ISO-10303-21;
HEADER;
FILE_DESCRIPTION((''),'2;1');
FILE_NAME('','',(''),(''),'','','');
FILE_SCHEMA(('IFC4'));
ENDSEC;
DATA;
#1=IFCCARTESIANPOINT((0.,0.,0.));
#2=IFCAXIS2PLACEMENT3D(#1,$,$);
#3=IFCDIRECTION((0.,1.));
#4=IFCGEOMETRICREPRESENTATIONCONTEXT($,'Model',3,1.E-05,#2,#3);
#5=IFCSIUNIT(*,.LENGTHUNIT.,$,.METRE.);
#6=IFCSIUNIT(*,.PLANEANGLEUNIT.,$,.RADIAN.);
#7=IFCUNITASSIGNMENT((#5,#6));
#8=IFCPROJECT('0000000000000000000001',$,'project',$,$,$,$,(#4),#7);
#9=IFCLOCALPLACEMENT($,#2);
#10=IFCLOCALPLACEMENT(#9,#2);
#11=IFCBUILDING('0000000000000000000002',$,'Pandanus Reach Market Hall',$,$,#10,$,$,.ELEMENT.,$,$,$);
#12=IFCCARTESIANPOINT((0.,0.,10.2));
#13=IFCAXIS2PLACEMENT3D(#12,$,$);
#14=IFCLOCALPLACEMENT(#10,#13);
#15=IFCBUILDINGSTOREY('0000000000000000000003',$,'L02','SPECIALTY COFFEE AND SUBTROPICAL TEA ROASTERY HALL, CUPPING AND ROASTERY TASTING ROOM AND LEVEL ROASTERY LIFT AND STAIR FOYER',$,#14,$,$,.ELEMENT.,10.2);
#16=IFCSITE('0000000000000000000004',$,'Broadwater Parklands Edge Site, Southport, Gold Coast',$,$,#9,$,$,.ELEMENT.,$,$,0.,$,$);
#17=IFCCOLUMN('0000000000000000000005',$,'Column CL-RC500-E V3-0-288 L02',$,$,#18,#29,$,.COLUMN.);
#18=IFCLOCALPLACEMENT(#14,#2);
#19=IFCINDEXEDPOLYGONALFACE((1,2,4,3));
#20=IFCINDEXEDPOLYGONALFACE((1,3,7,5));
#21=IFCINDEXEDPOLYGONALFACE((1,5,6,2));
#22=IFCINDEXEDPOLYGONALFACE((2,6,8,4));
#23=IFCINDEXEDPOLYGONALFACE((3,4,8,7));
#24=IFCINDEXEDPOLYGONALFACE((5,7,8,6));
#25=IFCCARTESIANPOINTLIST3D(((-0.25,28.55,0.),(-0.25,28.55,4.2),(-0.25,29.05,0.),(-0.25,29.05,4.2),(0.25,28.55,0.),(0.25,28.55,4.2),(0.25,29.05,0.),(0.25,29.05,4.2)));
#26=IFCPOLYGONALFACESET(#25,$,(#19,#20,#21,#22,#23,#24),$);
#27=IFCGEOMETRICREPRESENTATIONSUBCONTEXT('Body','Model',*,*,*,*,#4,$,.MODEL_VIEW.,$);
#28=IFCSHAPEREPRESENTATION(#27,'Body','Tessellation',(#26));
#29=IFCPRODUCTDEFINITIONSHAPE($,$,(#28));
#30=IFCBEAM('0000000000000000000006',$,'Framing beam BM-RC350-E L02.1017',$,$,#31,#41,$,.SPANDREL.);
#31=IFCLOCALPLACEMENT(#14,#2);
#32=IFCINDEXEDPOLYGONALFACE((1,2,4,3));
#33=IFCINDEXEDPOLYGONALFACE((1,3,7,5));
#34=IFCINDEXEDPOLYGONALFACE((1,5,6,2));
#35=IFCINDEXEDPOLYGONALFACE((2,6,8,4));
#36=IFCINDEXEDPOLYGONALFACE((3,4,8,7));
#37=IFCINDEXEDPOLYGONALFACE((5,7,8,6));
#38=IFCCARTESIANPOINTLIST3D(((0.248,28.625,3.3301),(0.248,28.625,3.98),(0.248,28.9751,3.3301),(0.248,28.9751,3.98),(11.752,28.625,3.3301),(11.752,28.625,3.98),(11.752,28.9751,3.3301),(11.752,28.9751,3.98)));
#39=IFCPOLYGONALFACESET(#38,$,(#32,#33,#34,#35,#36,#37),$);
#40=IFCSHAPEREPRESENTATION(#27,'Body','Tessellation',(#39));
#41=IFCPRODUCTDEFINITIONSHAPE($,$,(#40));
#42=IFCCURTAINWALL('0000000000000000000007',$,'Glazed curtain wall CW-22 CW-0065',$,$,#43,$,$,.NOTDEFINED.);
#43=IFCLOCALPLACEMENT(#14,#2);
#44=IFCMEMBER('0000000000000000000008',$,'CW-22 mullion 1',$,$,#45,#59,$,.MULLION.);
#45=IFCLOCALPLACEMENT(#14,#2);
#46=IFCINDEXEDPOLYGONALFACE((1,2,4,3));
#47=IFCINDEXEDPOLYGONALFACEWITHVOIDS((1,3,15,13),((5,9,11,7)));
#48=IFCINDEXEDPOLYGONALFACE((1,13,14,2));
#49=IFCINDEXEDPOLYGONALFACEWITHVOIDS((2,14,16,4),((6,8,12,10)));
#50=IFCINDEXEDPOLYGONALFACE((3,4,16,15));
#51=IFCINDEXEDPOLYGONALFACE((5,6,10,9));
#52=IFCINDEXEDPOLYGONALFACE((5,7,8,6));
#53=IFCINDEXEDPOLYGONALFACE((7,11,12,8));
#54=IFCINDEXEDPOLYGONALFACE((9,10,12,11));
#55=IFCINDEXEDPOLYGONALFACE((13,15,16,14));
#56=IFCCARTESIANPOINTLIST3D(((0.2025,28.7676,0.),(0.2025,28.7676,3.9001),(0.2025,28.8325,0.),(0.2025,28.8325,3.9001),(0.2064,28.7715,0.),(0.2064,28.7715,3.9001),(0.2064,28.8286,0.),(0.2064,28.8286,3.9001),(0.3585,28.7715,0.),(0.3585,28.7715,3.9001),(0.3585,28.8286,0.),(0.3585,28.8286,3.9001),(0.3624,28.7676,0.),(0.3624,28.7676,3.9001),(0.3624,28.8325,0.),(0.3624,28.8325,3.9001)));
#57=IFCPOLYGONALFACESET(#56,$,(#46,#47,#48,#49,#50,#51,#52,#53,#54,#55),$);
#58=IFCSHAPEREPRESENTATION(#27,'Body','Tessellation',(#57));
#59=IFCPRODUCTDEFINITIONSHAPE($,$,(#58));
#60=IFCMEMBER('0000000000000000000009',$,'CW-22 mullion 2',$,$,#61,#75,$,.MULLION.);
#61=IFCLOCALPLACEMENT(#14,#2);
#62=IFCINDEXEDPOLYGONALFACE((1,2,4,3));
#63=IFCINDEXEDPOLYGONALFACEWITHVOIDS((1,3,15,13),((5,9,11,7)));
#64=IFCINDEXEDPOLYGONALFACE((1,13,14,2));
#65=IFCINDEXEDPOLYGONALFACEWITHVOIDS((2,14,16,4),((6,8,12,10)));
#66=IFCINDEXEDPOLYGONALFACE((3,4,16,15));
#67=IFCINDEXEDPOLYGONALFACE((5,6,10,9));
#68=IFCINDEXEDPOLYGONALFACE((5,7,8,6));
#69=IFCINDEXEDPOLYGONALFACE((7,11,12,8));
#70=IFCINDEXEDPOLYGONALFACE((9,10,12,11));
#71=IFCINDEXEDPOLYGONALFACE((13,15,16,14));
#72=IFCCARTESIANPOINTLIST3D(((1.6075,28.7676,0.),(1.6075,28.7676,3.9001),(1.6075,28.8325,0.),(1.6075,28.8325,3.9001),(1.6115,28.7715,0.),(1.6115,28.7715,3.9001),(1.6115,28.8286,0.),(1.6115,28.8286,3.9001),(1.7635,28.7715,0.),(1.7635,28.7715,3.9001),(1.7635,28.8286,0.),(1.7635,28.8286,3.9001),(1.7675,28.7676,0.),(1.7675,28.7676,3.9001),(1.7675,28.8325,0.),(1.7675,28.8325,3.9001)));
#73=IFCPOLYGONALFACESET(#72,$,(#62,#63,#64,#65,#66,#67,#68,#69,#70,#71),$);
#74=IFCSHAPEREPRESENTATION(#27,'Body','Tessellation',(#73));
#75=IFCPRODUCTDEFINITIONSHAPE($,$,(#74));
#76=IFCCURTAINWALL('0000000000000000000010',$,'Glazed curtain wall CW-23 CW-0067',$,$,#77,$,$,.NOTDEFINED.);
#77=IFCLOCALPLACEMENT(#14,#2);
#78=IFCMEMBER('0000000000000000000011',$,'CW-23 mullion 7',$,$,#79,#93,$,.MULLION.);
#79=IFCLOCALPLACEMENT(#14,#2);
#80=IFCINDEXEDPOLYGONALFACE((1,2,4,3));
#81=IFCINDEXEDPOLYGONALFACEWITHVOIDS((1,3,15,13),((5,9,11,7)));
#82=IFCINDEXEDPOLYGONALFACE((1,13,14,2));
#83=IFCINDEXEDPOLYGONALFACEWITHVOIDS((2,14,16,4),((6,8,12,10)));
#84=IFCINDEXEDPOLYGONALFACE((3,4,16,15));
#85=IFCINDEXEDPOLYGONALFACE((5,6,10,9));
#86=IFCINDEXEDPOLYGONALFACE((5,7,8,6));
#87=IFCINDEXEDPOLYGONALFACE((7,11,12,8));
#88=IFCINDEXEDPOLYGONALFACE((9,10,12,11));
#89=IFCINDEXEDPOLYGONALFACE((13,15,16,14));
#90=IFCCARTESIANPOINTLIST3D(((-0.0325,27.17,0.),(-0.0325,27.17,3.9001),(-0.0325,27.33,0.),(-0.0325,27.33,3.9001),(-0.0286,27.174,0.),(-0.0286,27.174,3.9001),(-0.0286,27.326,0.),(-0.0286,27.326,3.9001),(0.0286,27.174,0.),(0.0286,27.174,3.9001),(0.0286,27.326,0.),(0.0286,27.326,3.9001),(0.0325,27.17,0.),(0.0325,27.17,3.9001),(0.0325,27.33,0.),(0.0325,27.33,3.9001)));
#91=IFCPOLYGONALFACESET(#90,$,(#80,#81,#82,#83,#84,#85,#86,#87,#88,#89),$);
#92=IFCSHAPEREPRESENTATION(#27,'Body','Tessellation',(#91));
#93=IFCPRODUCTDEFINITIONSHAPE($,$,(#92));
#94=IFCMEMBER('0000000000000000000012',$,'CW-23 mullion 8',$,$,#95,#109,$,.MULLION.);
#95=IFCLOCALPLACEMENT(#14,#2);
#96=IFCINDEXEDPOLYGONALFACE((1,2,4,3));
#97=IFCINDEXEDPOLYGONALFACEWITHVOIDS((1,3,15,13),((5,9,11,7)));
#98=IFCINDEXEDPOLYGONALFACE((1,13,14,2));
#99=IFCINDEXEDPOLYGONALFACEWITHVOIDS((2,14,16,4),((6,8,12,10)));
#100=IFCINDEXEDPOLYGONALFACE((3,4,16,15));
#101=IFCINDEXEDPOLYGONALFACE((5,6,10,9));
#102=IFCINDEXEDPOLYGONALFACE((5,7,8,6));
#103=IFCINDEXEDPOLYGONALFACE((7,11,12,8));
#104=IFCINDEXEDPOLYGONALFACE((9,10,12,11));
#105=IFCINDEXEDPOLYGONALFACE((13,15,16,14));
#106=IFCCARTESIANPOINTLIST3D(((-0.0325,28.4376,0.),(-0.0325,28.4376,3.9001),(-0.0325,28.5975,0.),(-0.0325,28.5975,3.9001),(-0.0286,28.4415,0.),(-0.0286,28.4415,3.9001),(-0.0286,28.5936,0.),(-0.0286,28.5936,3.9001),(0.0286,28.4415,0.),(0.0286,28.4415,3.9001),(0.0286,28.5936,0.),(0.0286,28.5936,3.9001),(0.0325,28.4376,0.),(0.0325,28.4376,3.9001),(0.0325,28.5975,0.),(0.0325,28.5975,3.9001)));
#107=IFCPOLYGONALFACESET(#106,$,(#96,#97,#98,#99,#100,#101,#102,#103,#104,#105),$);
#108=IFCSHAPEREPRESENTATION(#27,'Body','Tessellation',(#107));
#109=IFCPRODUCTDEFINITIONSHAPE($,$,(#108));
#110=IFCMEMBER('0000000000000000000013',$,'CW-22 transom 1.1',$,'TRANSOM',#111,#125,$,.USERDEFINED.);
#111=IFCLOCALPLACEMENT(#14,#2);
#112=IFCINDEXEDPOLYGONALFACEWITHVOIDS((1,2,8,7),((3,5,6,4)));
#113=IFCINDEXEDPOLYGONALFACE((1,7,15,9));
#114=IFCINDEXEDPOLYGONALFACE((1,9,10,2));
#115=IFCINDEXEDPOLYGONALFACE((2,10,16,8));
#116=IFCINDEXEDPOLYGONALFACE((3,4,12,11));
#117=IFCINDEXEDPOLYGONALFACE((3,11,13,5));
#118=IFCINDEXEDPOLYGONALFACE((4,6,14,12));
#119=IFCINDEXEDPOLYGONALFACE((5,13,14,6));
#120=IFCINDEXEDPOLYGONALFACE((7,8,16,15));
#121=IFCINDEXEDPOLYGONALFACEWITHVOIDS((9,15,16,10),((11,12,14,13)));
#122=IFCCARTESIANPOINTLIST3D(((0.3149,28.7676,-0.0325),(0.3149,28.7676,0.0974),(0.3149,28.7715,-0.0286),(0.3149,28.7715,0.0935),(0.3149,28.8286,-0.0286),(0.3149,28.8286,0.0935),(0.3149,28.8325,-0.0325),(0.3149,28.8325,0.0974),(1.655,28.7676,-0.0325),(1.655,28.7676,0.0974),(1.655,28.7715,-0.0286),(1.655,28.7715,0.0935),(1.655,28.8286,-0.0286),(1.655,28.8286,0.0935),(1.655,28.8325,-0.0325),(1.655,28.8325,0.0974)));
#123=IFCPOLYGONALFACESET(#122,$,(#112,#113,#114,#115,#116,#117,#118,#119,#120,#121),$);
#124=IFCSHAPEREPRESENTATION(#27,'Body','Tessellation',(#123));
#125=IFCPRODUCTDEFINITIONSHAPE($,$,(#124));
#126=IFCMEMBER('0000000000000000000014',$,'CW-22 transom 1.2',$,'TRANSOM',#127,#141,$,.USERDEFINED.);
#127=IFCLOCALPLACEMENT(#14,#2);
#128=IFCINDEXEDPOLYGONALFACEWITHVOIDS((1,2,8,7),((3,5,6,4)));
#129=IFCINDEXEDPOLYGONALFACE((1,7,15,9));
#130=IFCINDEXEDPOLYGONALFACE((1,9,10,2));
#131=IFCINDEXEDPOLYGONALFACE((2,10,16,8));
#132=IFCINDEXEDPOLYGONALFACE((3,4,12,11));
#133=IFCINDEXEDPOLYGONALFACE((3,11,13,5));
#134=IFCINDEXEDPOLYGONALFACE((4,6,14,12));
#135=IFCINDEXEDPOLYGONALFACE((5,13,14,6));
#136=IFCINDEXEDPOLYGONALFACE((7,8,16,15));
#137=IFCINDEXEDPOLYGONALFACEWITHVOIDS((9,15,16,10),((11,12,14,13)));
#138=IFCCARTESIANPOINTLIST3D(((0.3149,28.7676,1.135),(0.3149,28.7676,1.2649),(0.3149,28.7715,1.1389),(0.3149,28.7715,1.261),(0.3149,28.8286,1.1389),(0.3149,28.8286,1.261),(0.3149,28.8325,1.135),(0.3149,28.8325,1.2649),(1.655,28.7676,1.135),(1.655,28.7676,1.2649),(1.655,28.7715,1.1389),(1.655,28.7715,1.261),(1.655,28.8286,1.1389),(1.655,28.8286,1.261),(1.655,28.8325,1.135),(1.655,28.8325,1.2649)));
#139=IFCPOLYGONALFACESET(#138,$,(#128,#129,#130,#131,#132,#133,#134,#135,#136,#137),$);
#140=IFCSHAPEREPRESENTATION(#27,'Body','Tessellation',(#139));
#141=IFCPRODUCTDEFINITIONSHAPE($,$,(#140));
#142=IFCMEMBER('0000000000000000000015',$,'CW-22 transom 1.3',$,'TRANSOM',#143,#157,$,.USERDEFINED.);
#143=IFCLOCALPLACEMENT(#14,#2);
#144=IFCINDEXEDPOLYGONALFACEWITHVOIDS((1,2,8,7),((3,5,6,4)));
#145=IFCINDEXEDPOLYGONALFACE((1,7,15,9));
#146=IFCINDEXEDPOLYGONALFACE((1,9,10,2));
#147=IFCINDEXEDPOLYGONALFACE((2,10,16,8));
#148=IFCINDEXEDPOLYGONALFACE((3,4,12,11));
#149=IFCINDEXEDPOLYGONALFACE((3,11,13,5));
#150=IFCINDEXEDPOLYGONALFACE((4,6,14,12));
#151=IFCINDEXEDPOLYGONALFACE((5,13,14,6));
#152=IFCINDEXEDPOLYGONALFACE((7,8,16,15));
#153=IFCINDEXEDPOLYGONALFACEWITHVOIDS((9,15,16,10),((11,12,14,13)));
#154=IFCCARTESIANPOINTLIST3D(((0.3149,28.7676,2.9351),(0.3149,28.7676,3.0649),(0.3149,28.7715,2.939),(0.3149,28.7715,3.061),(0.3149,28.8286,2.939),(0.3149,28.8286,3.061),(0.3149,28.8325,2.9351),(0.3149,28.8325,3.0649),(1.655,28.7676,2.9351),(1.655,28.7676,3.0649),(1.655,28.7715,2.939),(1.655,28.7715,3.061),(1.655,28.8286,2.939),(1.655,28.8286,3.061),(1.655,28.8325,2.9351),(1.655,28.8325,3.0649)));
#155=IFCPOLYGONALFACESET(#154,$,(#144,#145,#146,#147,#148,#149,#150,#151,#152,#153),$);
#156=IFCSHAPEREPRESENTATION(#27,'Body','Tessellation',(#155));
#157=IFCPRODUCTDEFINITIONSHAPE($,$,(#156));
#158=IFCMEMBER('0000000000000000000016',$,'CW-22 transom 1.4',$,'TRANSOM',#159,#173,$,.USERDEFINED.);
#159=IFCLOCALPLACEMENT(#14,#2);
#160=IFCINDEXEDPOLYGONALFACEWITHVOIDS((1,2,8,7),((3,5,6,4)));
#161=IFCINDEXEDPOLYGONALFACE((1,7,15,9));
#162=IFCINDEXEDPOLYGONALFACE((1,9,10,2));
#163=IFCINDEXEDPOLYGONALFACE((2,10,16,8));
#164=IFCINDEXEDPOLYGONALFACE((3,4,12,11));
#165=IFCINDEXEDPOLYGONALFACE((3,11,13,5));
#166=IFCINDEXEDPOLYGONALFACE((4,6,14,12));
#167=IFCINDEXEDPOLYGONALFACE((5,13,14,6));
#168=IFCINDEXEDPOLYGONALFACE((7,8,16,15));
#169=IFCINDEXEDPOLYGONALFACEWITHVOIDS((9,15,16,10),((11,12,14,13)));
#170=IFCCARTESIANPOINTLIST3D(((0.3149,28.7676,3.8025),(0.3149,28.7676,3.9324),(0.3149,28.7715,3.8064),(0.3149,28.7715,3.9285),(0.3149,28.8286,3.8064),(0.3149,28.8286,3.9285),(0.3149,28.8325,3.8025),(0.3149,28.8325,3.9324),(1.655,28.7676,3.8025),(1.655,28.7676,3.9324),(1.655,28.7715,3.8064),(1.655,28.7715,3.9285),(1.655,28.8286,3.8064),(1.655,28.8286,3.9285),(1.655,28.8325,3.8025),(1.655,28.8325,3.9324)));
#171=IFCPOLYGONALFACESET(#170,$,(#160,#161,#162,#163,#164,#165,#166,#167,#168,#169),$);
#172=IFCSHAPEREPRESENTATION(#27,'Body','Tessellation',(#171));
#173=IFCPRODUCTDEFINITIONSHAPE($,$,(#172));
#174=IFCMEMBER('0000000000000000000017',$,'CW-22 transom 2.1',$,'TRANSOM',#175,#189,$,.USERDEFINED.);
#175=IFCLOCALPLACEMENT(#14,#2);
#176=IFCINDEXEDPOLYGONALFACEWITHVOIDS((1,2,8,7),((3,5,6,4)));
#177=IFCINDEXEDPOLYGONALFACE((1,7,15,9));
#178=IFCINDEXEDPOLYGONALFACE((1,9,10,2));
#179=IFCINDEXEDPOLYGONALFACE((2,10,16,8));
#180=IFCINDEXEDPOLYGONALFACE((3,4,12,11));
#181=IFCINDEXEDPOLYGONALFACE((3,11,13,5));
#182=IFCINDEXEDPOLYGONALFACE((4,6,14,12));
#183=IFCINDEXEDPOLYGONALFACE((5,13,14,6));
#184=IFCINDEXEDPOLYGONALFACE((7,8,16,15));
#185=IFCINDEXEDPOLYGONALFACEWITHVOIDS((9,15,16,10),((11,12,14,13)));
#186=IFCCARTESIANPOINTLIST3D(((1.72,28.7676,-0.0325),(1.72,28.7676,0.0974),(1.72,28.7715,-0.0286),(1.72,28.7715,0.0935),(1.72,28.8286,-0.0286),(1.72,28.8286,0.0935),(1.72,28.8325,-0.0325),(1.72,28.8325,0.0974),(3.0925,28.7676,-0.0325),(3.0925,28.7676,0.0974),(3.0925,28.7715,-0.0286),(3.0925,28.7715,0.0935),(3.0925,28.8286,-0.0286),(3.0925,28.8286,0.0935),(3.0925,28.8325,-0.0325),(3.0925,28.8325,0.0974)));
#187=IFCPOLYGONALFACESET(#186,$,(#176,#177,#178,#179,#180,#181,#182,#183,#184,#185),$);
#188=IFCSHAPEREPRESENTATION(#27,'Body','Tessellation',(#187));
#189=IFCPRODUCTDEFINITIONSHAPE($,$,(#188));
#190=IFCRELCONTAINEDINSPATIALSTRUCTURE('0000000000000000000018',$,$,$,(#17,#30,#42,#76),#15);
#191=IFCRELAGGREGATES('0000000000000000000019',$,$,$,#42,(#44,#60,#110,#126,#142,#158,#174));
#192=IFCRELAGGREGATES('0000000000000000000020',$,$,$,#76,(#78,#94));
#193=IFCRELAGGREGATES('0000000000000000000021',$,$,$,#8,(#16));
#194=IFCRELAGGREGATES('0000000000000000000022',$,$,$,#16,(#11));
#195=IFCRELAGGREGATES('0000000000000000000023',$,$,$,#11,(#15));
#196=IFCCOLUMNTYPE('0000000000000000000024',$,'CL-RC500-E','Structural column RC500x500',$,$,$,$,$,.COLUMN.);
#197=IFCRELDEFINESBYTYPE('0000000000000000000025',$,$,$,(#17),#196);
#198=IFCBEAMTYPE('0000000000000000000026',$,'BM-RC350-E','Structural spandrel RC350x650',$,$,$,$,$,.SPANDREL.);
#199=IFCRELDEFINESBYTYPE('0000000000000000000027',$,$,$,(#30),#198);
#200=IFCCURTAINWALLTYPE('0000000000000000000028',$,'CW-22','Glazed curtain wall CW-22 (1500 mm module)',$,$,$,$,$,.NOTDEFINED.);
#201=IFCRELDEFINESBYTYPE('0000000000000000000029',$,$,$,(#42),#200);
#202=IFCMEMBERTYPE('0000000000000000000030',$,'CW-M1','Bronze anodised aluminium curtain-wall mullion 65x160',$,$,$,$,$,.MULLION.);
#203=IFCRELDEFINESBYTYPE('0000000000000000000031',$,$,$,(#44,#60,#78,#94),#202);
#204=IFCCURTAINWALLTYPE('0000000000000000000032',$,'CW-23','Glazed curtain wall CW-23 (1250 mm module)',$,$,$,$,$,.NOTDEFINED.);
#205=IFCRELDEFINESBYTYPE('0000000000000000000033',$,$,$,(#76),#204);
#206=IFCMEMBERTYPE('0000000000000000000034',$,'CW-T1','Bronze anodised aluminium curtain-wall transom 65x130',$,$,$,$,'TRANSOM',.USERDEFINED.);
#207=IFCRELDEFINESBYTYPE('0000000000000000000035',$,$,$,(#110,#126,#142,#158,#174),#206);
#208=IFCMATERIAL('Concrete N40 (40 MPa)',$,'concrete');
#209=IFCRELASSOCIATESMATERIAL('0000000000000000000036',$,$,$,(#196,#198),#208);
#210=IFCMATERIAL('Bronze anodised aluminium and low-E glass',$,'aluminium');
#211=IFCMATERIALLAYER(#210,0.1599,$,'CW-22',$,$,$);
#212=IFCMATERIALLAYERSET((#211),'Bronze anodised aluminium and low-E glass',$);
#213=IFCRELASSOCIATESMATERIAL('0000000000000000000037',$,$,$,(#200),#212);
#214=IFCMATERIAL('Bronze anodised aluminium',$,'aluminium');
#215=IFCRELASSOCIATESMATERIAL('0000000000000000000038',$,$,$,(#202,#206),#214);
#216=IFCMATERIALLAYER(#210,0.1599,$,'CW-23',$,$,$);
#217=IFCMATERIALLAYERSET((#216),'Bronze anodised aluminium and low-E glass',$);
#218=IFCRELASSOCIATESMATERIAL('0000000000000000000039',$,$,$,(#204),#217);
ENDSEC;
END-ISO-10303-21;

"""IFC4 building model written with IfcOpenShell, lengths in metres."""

from ifc_helpers import new_model, si_unit, direction, frame, origin, origin_2d, place, context, subcontext, project, spatial, rectangle, hollow_rectangle, extrude, material, layer, layer_set, material_profile, profile_set, type_object, element, aggregate, save


model = new_model("IFC4")

# Units and contexts
model_context = context("Model", 3, precision=1e-05, world=origin(), true_north=direction((0.0, 1.0)))
body_context = subcontext(model_context, "Body", "Model", "MODEL_VIEW")
ifc_project = project(units=[si_unit("LENGTHUNIT", "METRE"), si_unit("PLANEANGLEUNIT", "RADIAN")], contexts=[model_context])

# Site, building, storey
site_placement = place(None, origin())
site = spatial("IfcSite", under=ifc_project, at=site_placement, Name="Broadwater Parklands Edge Site, Southport, Gold Coast", CompositionType="ELEMENT", RefElevation=0.0)
building_placement = place(site_placement, origin())
building = spatial("IfcBuilding", under=site, at=building_placement, Name="Pandanus Reach Market Hall", CompositionType="ELEMENT")
storey_placement = place(building_placement, frame((0.0, 0.0, 10.2)))
storey = spatial("IfcBuildingStorey", under=building, at=storey_placement, Name="L02", Description="SPECIALTY COFFEE AND SUBTROPICAL TEA ROASTERY HALL, CUPPING AND ROASTERY TASTING ROOM AND LEVEL ROASTERY LIFT AND STAIR FOYER", CompositionType="ELEMENT", Elevation=10.2)

# Column
ifc_material_1 = material(Name="Concrete N40 (40 MPa)", Category="concrete")
ifc_material_profile_1 = material_profile(ifc_material_1, rectangle(XDim=0.5, YDim=0.5, at=origin_2d()), Name="RC500x500", Category="LoadBearing")
ifc_profile_set_1 = profile_set([ifc_material_profile_1], Name="Concrete N40 (40 MPa)")
column_type = type_object("IfcColumnType", Name="CL-RC500-E", Description="Structural column RC500x500", PredefinedType="COLUMN", material=ifc_profile_set_1)
column_placement = place(storey_placement, frame((0.0, 28.8, 0.0), z_axis=(0.0, 0.0, 1.0), x_axis=(1.0, 0.0, 0.0)))
element("IfcColumn", 1, at=column_placement, inside=storey, type_object=column_type, Name="Column CL-RC500-E V3-0-288 L02", PredefinedType="COLUMN", context=body_context, shape_type="SweptSolid", body=[
    extrude(rectangle(XDim=0.5, YDim=0.5, at=origin_2d()), origin(), (0.0, 0.0, 1.0), 4.2),
])

# Beam
ifc_material_profile_2 = material_profile(ifc_material_1, rectangle(XDim=0.3501, YDim=0.6499, at=origin_2d()), Name="RC350x650", Category="LoadBearing")
ifc_profile_set_2 = profile_set([ifc_material_profile_2], Name="Concrete N40 (40 MPa)")
beam_type = type_object("IfcBeamType", Name="BM-RC350-E", Description="Structural spandrel RC350x650", PredefinedType="SPANDREL", material=ifc_profile_set_2)
beam_placement = place(storey_placement, frame((0.248, 28.8, 3.655), z_axis=(1.0, 0.0, 0.0), x_axis=(0.0, 1.0, 0.0)))
element("IfcBeam", 2, at=beam_placement, inside=storey, type_object=beam_type, Name="Framing beam BM-RC350-E L02.1017", PredefinedType="SPANDREL", context=body_context, shape_type="SweptSolid", body=[
    extrude(rectangle(XDim=0.3501, YDim=0.6499, at=origin_2d()), origin(), (0.0, 0.0, 1.0), 11.5039),
])

# Curtain walls, members
ifc_material_2 = material(Name="Bronze anodised aluminium and low-E glass", Category="aluminium")
ifc_layer_1 = layer(ifc_material_2, 0.1599, Name="CW-22")
ifc_layer_set_1 = layer_set([ifc_layer_1], Name="Bronze anodised aluminium and low-E glass")
curtain_wall_type_1 = type_object("IfcCurtainWallType", Name="CW-22", Description="Glazed curtain wall CW-22 (1500 mm module)", PredefinedType="NOTDEFINED", material=ifc_layer_set_1)
curtain_wall_1_placement = place(storey_placement, origin())
curtain_wall_1 = element("IfcCurtainWall", 3, at=curtain_wall_1_placement, inside=storey, type_object=curtain_wall_type_1, Name="Glazed curtain wall CW-22 CW-0065", PredefinedType="NOTDEFINED")
ifc_material_3 = material(Name="Bronze anodised aluminium", Category="aluminium")
ifc_material_profile_3 = material_profile(ifc_material_3, hollow_rectangle(XDim=0.0649, YDim=0.1599, WallThickness=0.0039, at=origin_2d()), Name="ALU65x160", Category="LoadBearing")
ifc_profile_set_3 = profile_set([ifc_material_profile_3], Name="Bronze anodised aluminium")
member_type_1 = type_object("IfcMemberType", Name="CW-M1", Description="Bronze anodised aluminium curtain-wall mullion 65x160", PredefinedType="MULLION", material=ifc_profile_set_3)
member_1_placement = place(storey_placement, frame((0.2825, 28.8, 0.0), z_axis=(0.0, 0.0, 1.0), x_axis=(0.0, 1.0, 0.0)))
member_1 = element("IfcMember", 4, at=member_1_placement, type_object=member_type_1, Name="CW-22 mullion 1", PredefinedType="MULLION", context=body_context, shape_type="SweptSolid", body=[
    extrude(hollow_rectangle(XDim=0.0649, YDim=0.1599, WallThickness=0.0039, at=origin_2d()), origin(), (0.0, 0.0, 1.0), 3.9001),
])
member_2_placement = place(storey_placement, frame((1.6875, 28.8, 0.0), z_axis=(0.0, 0.0, 1.0), x_axis=(0.0, 1.0, 0.0)))
member_2 = element("IfcMember", 5, at=member_2_placement, type_object=member_type_1, Name="CW-22 mullion 2", PredefinedType="MULLION", context=body_context, shape_type="SweptSolid", body=[
    extrude(hollow_rectangle(XDim=0.0649, YDim=0.1599, WallThickness=0.0039, at=origin_2d()), origin(), (0.0, 0.0, 1.0), 3.9001),
])
ifc_layer_2 = layer(ifc_material_2, 0.1599, Name="CW-23")
ifc_layer_set_2 = layer_set([ifc_layer_2], Name="Bronze anodised aluminium and low-E glass")
curtain_wall_type_2 = type_object("IfcCurtainWallType", Name="CW-23", Description="Glazed curtain wall CW-23 (1250 mm module)", PredefinedType="NOTDEFINED", material=ifc_layer_set_2)
curtain_wall_2_placement = place(storey_placement, origin())
curtain_wall_2 = element("IfcCurtainWall", 6, at=curtain_wall_2_placement, inside=storey, type_object=curtain_wall_type_2, Name="Glazed curtain wall CW-23 CW-0067", PredefinedType="NOTDEFINED")
member_3_placement = place(storey_placement, frame((0.0, 27.25, 0.0), z_axis=(0.0, 0.0, 1.0), x_axis=(-1.0, 0.0, 0.0)))
member_3 = element("IfcMember", 7, at=member_3_placement, type_object=member_type_1, Name="CW-23 mullion 7", PredefinedType="MULLION", context=body_context, shape_type="SweptSolid", body=[
    extrude(hollow_rectangle(XDim=0.0649, YDim=0.1599, WallThickness=0.0039, at=origin_2d()), origin(), (0.0, 0.0, 1.0), 3.9001),
])
member_4_placement = place(storey_placement, frame((0.0, 28.5176, 0.0), z_axis=(0.0, 0.0, 1.0), x_axis=(-1.0, 0.0, 0.0)))
member_4 = element("IfcMember", 8, at=member_4_placement, type_object=member_type_1, Name="CW-23 mullion 8", PredefinedType="MULLION", context=body_context, shape_type="SweptSolid", body=[
    extrude(hollow_rectangle(XDim=0.0649, YDim=0.1599, WallThickness=0.0039, at=origin_2d()), origin(), (0.0, 0.0, 1.0), 3.9001),
])

# Members
ifc_material_profile_4 = material_profile(ifc_material_3, hollow_rectangle(XDim=0.0649, YDim=0.1299, WallThickness=0.0039, at=origin_2d()), Name="ALU65x130", Category="LoadBearing")
ifc_profile_set_4 = profile_set([ifc_material_profile_4], Name="Bronze anodised aluminium")
member_type_2 = type_object("IfcMemberType", Name="CW-T1", Description="Bronze anodised aluminium curtain-wall transom 65x130", ElementType="TRANSOM", PredefinedType="USERDEFINED", material=ifc_profile_set_4)
member_5_placement = place(storey_placement, frame((0.3149, 28.8, 0.0325), z_axis=(1.0, 0.0, 0.0), x_axis=(0.0, 1.0, 0.0)))
member_5 = element("IfcMember", 9, at=member_5_placement, type_object=member_type_2, Name="CW-22 transom 1.1", ObjectType="TRANSOM", PredefinedType="USERDEFINED", context=body_context, shape_type="SweptSolid", body=[
    extrude(hollow_rectangle(XDim=0.0649, YDim=0.1299, WallThickness=0.0039, at=origin_2d()), origin(), (0.0, 0.0, 1.0), 1.3401),
])
member_6_placement = place(storey_placement, frame((0.3149, 28.8, 1.2), z_axis=(1.0, 0.0, 0.0), x_axis=(0.0, 1.0, 0.0)))
member_6 = element("IfcMember", 10, at=member_6_placement, type_object=member_type_2, Name="CW-22 transom 1.2", ObjectType="TRANSOM", PredefinedType="USERDEFINED", context=body_context, shape_type="SweptSolid", body=[
    extrude(hollow_rectangle(XDim=0.0649, YDim=0.1299, WallThickness=0.0039, at=origin_2d()), origin(), (0.0, 0.0, 1.0), 1.3401),
])
member_7_placement = place(storey_placement, frame((0.3149, 28.8, 3.0), z_axis=(1.0, 0.0, 0.0), x_axis=(0.0, 1.0, 0.0)))
member_7 = element("IfcMember", 11, at=member_7_placement, type_object=member_type_2, Name="CW-22 transom 1.3", ObjectType="TRANSOM", PredefinedType="USERDEFINED", context=body_context, shape_type="SweptSolid", body=[
    extrude(hollow_rectangle(XDim=0.0649, YDim=0.1299, WallThickness=0.0039, at=origin_2d()), origin(), (0.0, 0.0, 1.0), 1.3401),
])
member_8_placement = place(storey_placement, frame((0.3149, 28.8, 3.8674), z_axis=(1.0, 0.0, 0.0), x_axis=(0.0, 1.0, 0.0)))
member_8 = element("IfcMember", 12, at=member_8_placement, type_object=member_type_2, Name="CW-22 transom 1.4", ObjectType="TRANSOM", PredefinedType="USERDEFINED", context=body_context, shape_type="SweptSolid", body=[
    extrude(hollow_rectangle(XDim=0.0649, YDim=0.1299, WallThickness=0.0039, at=origin_2d()), origin(), (0.0, 0.0, 1.0), 1.3401),
])
member_9_placement = place(storey_placement, frame((1.72, 28.8, 0.0325), z_axis=(1.0, 0.0, 0.0), x_axis=(0.0, 1.0, 0.0)))
member_9 = element("IfcMember", 13, at=member_9_placement, type_object=member_type_2, Name="CW-22 transom 2.1", ObjectType="TRANSOM", PredefinedType="USERDEFINED", context=body_context, shape_type="SweptSolid", body=[
    extrude(hollow_rectangle(XDim=0.0649, YDim=0.1299, WallThickness=0.0039, at=origin_2d()), origin(), (0.0, 0.0, 1.0), 1.3726),
])

aggregate(curtain_wall_1, [member_1, member_2, member_5, member_6, member_7, member_8, member_9])
aggregate(curtain_wall_2, [member_3, member_4])

save(model, "model.ifc")
